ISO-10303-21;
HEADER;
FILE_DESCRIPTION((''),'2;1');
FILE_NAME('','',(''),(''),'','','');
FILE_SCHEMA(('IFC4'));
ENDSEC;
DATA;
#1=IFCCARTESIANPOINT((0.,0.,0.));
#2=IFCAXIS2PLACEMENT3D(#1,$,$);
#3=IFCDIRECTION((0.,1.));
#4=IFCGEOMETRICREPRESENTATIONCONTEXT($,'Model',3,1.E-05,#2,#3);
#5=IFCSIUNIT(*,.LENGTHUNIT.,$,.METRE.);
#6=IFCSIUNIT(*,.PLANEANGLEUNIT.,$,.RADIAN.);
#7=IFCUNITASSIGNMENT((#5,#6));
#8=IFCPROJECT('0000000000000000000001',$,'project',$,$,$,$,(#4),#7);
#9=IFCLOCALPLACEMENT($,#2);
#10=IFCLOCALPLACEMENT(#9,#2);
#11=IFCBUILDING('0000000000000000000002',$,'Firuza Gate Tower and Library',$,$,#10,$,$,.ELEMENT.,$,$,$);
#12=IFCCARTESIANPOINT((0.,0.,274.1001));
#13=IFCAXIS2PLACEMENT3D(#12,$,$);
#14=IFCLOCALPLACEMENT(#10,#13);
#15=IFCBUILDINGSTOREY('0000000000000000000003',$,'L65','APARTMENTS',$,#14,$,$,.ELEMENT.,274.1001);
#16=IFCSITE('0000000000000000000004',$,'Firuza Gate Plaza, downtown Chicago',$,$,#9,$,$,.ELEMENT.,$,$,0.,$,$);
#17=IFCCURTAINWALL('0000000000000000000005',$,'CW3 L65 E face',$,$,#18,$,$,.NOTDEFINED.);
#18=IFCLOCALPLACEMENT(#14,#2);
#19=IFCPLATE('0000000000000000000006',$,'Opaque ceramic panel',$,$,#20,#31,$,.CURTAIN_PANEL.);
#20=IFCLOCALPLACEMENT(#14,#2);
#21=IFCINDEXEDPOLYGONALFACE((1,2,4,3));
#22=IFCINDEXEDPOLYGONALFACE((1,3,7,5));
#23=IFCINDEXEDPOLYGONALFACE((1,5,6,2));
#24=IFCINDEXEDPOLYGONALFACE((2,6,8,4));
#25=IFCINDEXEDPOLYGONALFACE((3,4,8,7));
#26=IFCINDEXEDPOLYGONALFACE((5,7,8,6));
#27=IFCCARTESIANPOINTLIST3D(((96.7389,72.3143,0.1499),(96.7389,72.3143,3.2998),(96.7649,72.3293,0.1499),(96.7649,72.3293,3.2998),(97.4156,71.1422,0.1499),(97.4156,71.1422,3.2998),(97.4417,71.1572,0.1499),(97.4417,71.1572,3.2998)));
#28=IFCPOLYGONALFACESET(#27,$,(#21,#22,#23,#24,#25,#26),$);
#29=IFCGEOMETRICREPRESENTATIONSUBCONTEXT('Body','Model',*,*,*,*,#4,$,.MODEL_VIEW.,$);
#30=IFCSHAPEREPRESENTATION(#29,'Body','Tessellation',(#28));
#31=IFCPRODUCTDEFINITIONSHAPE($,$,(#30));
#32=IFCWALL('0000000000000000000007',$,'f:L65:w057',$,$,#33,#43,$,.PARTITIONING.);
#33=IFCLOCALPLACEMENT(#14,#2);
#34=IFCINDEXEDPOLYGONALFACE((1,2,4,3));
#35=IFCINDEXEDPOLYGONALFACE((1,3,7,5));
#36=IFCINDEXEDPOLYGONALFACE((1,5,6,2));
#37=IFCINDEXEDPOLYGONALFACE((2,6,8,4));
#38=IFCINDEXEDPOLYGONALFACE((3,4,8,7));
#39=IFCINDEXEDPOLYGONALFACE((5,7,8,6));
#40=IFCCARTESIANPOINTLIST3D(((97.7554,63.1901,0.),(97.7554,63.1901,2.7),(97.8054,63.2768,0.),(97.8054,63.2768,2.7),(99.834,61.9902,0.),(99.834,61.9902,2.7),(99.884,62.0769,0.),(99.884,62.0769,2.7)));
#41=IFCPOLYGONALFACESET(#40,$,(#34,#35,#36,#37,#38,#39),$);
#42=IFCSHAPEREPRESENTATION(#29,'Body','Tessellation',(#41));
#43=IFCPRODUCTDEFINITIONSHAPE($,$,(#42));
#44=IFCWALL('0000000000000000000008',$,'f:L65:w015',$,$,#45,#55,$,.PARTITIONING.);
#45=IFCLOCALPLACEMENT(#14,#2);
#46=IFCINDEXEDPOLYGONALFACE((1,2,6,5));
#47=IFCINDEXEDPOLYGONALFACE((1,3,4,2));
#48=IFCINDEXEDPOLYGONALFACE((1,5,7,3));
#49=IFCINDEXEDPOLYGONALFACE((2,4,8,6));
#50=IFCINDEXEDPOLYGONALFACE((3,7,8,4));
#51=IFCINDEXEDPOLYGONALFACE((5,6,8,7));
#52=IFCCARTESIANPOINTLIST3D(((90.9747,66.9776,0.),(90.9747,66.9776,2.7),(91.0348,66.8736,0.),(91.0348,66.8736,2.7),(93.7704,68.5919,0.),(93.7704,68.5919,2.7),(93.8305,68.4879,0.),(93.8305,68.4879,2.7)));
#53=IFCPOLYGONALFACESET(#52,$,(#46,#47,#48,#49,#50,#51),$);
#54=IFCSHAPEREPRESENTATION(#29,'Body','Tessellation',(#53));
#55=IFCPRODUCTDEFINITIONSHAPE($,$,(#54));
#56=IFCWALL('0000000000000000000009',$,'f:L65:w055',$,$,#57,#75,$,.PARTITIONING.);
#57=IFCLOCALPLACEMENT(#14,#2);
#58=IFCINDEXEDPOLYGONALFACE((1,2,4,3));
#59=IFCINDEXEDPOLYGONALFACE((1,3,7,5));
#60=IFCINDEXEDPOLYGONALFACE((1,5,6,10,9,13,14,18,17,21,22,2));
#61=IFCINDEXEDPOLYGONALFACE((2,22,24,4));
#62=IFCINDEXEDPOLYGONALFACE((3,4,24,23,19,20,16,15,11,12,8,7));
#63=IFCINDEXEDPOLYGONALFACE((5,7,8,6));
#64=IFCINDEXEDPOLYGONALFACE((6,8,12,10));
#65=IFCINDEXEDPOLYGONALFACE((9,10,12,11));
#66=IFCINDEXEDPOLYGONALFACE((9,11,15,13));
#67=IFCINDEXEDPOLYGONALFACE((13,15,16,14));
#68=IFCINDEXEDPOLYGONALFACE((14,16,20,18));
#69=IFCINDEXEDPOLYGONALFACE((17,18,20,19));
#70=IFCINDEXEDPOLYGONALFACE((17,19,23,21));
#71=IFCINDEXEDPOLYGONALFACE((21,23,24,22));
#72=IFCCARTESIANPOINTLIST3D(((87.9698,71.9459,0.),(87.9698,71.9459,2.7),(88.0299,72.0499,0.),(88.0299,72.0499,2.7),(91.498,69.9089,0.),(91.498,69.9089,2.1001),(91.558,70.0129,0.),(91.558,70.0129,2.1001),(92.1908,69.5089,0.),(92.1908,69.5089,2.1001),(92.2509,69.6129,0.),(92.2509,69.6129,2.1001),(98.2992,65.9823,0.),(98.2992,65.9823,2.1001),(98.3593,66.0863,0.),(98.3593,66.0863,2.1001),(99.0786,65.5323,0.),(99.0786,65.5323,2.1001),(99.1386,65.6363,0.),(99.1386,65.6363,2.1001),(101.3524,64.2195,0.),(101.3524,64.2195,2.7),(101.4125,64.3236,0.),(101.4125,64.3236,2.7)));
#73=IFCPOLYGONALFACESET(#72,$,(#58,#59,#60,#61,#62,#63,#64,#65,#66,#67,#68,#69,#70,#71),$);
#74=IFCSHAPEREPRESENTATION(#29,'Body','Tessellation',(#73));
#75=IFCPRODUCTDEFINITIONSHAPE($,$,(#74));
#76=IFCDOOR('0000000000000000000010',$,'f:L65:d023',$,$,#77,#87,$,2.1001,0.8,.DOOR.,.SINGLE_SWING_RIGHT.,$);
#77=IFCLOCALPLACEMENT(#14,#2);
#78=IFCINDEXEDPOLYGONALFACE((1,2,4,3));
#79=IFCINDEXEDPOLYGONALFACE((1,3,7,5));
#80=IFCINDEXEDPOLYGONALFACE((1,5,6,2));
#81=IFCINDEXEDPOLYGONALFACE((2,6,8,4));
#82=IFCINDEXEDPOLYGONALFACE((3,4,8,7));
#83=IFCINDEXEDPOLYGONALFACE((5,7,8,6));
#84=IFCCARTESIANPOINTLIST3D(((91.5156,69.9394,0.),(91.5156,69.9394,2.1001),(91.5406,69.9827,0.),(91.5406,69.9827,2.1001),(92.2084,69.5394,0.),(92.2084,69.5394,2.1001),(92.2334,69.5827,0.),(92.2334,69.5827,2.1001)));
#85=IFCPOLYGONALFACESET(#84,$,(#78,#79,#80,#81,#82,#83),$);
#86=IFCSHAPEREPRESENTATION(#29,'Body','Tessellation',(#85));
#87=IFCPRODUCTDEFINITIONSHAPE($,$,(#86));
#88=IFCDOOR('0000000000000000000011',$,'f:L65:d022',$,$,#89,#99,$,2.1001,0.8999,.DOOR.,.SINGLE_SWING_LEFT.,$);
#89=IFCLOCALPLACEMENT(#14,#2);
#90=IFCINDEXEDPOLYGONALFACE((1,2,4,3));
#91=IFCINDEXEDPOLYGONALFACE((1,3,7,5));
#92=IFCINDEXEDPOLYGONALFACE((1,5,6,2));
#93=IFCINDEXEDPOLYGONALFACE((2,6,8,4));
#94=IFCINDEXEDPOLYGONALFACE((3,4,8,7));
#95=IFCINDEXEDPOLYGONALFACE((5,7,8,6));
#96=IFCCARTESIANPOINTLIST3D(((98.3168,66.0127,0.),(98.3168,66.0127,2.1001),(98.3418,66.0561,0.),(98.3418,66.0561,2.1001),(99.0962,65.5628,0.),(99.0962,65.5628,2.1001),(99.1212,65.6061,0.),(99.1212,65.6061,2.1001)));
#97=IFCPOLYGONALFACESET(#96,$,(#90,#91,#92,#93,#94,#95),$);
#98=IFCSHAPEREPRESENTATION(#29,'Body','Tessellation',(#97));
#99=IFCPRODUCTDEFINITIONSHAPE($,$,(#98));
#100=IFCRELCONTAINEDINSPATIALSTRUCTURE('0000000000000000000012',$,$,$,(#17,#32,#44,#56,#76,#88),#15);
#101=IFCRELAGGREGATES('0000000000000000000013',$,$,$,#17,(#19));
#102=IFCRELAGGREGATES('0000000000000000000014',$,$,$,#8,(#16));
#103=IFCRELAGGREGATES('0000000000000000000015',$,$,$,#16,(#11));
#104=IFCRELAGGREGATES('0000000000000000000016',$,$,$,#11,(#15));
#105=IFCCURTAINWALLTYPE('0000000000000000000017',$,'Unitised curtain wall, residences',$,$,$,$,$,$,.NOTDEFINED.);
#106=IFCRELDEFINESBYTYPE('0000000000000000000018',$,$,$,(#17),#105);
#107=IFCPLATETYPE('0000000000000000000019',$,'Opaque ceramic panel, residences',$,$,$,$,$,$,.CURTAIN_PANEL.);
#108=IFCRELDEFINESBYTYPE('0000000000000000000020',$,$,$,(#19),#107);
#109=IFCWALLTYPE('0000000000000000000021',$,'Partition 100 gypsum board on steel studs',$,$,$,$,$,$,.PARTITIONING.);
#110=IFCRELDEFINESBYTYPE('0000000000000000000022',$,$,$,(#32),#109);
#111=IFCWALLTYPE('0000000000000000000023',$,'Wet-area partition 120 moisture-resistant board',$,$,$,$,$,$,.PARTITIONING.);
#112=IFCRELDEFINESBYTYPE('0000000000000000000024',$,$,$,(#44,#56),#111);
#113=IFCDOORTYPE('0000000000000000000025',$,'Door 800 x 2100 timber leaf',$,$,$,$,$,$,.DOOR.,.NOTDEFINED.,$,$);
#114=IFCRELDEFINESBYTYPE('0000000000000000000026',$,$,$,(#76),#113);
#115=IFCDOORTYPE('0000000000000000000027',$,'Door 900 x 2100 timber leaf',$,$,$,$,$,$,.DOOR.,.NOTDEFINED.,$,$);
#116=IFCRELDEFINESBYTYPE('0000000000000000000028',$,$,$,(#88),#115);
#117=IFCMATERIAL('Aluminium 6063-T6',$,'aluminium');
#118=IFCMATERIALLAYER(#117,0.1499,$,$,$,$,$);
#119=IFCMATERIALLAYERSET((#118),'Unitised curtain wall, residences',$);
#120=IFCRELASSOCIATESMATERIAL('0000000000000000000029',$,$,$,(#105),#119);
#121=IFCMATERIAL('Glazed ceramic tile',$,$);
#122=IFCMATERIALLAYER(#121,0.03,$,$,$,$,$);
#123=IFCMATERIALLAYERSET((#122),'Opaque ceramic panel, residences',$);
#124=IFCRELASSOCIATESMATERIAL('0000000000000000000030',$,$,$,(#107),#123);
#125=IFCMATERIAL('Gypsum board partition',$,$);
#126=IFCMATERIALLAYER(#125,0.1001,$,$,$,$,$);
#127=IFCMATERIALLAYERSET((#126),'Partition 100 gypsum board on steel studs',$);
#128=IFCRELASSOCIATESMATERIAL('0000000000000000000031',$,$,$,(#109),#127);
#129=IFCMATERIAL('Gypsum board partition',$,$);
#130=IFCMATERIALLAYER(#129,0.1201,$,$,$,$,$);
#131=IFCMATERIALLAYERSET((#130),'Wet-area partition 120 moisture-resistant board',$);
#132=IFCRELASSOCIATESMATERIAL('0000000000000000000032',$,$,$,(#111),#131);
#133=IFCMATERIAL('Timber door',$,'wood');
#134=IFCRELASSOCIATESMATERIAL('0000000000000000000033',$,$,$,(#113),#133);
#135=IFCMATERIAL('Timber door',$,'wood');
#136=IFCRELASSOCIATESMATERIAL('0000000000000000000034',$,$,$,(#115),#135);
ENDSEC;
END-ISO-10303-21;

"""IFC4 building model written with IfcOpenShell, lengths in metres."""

from ifc_helpers import new_model, si_unit, direction, frame, frame_2d, origin, place, context, subcontext, project, spatial, polyline, rectangle, outline, extrude, material, layer, layer_set, type_object, element, fill, aggregate, save


model = new_model("IFC4")

# Units and contexts
model_context = context("Model", 3, precision=1e-05, world=origin(), true_north=direction((0.0, 1.0)))
body_context = subcontext(model_context, "Body", "Model", "MODEL_VIEW")
ifc_project = project(units=[si_unit("LENGTHUNIT", "METRE"), si_unit("PLANEANGLEUNIT", "RADIAN")], contexts=[model_context])

# Site, building, storey
site_placement = place(None, origin())
site = spatial("IfcSite", under=ifc_project, at=site_placement, Name="Firuza Gate Plaza, downtown Chicago", CompositionType="ELEMENT", RefElevation=0.0)
building_placement = place(site_placement, origin())
building = spatial("IfcBuilding", under=site, at=building_placement, Name="Firuza Gate Tower and Library", CompositionType="ELEMENT")
storey_placement = place(building_placement, frame((0.0, 0.0, 274.1001)))
storey = spatial("IfcBuildingStorey", under=building, at=storey_placement, Name="L65", Description="APARTMENTS", CompositionType="ELEMENT", Elevation=274.1001)

# Curtain wall
ifc_material_1 = material(Name="Aluminium 6063-T6", Category="aluminium")
ifc_layer_1 = layer(ifc_material_1, 0.1499)
ifc_layer_set_1 = layer_set([ifc_layer_1], Name="Unitised curtain wall, residences")
curtain_wall_type = type_object("IfcCurtainWallType", Name="Unitised curtain wall, residences", PredefinedType="NOTDEFINED", material=ifc_layer_set_1)
curtain_wall_placement = place(storey_placement, origin())
curtain_wall = element("IfcCurtainWall", 1, at=curtain_wall_placement, inside=storey, type_object=curtain_wall_type, Name="CW3 L65 E face", PredefinedType="NOTDEFINED")

# Plate
ifc_material_2 = material(Name="Glazed ceramic tile")
ifc_layer_2 = layer(ifc_material_2, 0.03)
ifc_layer_set_2 = layer_set([ifc_layer_2], Name="Opaque ceramic panel, residences")
plate_type_1 = type_object("IfcPlateType", Name="Opaque ceramic panel, residences", PredefinedType="CURTAIN_PANEL", material=ifc_layer_set_2)
plate_1_placement = place(storey_placement, frame((97.4417, 71.1572, 0.1499), z_axis=(0.866014, 0.500019, 0.0), x_axis=(-0.500019, 0.866014, 0.0)))
plate_1 = element("IfcPlate", 2, at=plate_1_placement, type_object=plate_type_1, Name="Opaque ceramic panel", PredefinedType="CURTAIN_PANEL", context=body_context, shape_type="SweptSolid", body=[
    extrude(outline(polyline([(0.0, 0.0), (1.3535, 0.0), (1.3535, 3.1499), (0.0, 3.1499), (0.0, 0.0)])), origin(), (0.0, 0.0, -1.0), 0.03),
])
aggregate(curtain_wall, [plate_1])

# Walls
ifc_material_3 = material(Name="Gypsum board partition")
ifc_layer_3 = layer(ifc_material_3, 0.1001)
ifc_layer_set_3 = layer_set([ifc_layer_3], Name="Partition 100 gypsum board on steel studs")
wall_type_1 = type_object("IfcWallType", Name="Partition 100 gypsum board on steel studs", PredefinedType="PARTITIONING", material=ifc_layer_set_3)
wall_1_placement = place(storey_placement, frame((99.8591, 62.0334, 0.0), z_axis=(0.0, 0.0, 1.0), x_axis=(-0.86605, 0.499957, 0.0)))
element("IfcWall", 3, at=wall_1_placement, inside=storey, type_object=wall_type_1, Name="f:L65:w057", PredefinedType="PARTITIONING", context=body_context, shape_type="SweptSolid", body=[
    extrude(rectangle(XDim=2.4001, YDim=0.1001, at=frame_2d((1.2002, 0.0))), origin(), (0.0, 0.0, 1.0), 2.7),
])
ifc_material_4 = material(Name="Gypsum board partition")
ifc_layer_4 = layer(ifc_material_4, 0.1201)
ifc_layer_set_4 = layer_set([ifc_layer_4], Name="Wet-area partition 120 moisture-resistant board")
wall_type_2 = type_object("IfcWallType", Name="Wet-area partition 120 moisture-resistant board", PredefinedType="PARTITIONING", material=ifc_layer_set_4)
wall_2_placement = place(storey_placement, frame((91.0046, 66.9255, 0.0), z_axis=(0.0, 0.0, 1.0), x_axis=(0.866, 0.500043, 0.0)))
element("IfcWall", 4, at=wall_2_placement, inside=storey, type_object=wall_type_2, Name="f:L65:w015", PredefinedType="PARTITIONING", context=body_context, shape_type="SweptSolid", body=[
    extrude(rectangle(XDim=3.2283, YDim=0.1201, at=frame_2d((1.6143, 0.0))), origin(), (0.0, 0.0, 1.0), 2.7),
])

# Wall, openings, doors
wall_3_placement = place(storey_placement, frame((101.3826, 64.2715, 0.0), z_axis=(0.0, 0.0, 1.0), x_axis=(-0.866029, 0.499995, 0.0)))
wall_3 = element("IfcWall", 5, at=wall_3_placement, inside=storey, type_object=wall_type_2, Name="f:L65:w055", PredefinedType="PARTITIONING", context=body_context, shape_type="SweptSolid", body=[
    extrude(rectangle(XDim=15.4529, YDim=0.1201, at=frame_2d((7.7266, 0.0))), origin(), (0.0, 0.0, 1.0), 2.7),
])
opening_1_placement = place(wall_3_placement, frame((2.6257, 0.0, 0.0)))
opening_1 = element("IfcOpeningElement", 6, at=opening_1_placement, cuts=wall_3, PredefinedType="OPENING", context=body_context, shape_type="SweptSolid", body=[
    extrude(rectangle(XDim=0.8999, YDim=2.1001, at=frame_2d((0.45, 1.05))), frame((0.0, 0.0701, 0.0), z_axis=(0.0, -1.0, 0.0), x_axis=(1.0, 0.0, 0.0)), (0.0, 0.0, 1.0), 0.1401),
])
opening_2_placement = place(wall_3_placement, frame((10.5791, 0.0, 0.0)))
opening_2 = element("IfcOpeningElement", 7, at=opening_2_placement, cuts=wall_3, PredefinedType="OPENING", context=body_context, shape_type="SweptSolid", body=[
    extrude(rectangle(XDim=0.8, YDim=2.1001, at=frame_2d((0.3999, 1.05))), frame((0.0, 0.0701, 0.0), z_axis=(0.0, -1.0, 0.0), x_axis=(1.0, 0.0, 0.0)), (0.0, 0.0, 1.0), 0.1401),
])
ifc_material_5 = material(Name="Timber door", Category="wood")
door_type_1 = type_object("IfcDoorType", Name="Door 800 x 2100 timber leaf", OperationType="NOTDEFINED", PredefinedType="DOOR", material=ifc_material_5)
door_1_placement = place(opening_2_placement, origin())
door_1 = element("IfcDoor", 8, at=door_1_placement, inside=storey, type_object=door_type_1, Name="f:L65:d023", OperationType="SINGLE_SWING_RIGHT", OverallHeight=2.1001, OverallWidth=0.8, PredefinedType="DOOR", context=body_context, shape_type="SweptSolid", body=[
    extrude(rectangle(XDim=0.8, YDim=2.1001, at=frame_2d((0.3999, 1.05))), frame((0.0, 0.0249, 0.0), z_axis=(0.0, -1.0, 0.0), x_axis=(1.0, 0.0, 0.0)), (0.0, 0.0, 1.0), 0.05),
])
fill(opening_2, door_1)
ifc_material_6 = material(Name="Timber door", Category="wood")
door_type_2 = type_object("IfcDoorType", Name="Door 900 x 2100 timber leaf", OperationType="NOTDEFINED", PredefinedType="DOOR", material=ifc_material_6)
door_2_placement = place(opening_1_placement, origin())
door_2 = element("IfcDoor", 9, at=door_2_placement, inside=storey, type_object=door_type_2, Name="f:L65:d022", OperationType="SINGLE_SWING_LEFT", OverallHeight=2.1001, OverallWidth=0.8999, PredefinedType="DOOR", context=body_context, shape_type="SweptSolid", body=[
    extrude(rectangle(XDim=0.8999, YDim=2.1001, at=frame_2d((0.45, 1.05))), frame((0.0, 0.0249, 0.0), z_axis=(0.0, -1.0, 0.0), x_axis=(1.0, 0.0, 0.0)), (0.0, 0.0, 1.0), 0.05),
])
fill(opening_1, door_2)

save(model, "model.ifc")
